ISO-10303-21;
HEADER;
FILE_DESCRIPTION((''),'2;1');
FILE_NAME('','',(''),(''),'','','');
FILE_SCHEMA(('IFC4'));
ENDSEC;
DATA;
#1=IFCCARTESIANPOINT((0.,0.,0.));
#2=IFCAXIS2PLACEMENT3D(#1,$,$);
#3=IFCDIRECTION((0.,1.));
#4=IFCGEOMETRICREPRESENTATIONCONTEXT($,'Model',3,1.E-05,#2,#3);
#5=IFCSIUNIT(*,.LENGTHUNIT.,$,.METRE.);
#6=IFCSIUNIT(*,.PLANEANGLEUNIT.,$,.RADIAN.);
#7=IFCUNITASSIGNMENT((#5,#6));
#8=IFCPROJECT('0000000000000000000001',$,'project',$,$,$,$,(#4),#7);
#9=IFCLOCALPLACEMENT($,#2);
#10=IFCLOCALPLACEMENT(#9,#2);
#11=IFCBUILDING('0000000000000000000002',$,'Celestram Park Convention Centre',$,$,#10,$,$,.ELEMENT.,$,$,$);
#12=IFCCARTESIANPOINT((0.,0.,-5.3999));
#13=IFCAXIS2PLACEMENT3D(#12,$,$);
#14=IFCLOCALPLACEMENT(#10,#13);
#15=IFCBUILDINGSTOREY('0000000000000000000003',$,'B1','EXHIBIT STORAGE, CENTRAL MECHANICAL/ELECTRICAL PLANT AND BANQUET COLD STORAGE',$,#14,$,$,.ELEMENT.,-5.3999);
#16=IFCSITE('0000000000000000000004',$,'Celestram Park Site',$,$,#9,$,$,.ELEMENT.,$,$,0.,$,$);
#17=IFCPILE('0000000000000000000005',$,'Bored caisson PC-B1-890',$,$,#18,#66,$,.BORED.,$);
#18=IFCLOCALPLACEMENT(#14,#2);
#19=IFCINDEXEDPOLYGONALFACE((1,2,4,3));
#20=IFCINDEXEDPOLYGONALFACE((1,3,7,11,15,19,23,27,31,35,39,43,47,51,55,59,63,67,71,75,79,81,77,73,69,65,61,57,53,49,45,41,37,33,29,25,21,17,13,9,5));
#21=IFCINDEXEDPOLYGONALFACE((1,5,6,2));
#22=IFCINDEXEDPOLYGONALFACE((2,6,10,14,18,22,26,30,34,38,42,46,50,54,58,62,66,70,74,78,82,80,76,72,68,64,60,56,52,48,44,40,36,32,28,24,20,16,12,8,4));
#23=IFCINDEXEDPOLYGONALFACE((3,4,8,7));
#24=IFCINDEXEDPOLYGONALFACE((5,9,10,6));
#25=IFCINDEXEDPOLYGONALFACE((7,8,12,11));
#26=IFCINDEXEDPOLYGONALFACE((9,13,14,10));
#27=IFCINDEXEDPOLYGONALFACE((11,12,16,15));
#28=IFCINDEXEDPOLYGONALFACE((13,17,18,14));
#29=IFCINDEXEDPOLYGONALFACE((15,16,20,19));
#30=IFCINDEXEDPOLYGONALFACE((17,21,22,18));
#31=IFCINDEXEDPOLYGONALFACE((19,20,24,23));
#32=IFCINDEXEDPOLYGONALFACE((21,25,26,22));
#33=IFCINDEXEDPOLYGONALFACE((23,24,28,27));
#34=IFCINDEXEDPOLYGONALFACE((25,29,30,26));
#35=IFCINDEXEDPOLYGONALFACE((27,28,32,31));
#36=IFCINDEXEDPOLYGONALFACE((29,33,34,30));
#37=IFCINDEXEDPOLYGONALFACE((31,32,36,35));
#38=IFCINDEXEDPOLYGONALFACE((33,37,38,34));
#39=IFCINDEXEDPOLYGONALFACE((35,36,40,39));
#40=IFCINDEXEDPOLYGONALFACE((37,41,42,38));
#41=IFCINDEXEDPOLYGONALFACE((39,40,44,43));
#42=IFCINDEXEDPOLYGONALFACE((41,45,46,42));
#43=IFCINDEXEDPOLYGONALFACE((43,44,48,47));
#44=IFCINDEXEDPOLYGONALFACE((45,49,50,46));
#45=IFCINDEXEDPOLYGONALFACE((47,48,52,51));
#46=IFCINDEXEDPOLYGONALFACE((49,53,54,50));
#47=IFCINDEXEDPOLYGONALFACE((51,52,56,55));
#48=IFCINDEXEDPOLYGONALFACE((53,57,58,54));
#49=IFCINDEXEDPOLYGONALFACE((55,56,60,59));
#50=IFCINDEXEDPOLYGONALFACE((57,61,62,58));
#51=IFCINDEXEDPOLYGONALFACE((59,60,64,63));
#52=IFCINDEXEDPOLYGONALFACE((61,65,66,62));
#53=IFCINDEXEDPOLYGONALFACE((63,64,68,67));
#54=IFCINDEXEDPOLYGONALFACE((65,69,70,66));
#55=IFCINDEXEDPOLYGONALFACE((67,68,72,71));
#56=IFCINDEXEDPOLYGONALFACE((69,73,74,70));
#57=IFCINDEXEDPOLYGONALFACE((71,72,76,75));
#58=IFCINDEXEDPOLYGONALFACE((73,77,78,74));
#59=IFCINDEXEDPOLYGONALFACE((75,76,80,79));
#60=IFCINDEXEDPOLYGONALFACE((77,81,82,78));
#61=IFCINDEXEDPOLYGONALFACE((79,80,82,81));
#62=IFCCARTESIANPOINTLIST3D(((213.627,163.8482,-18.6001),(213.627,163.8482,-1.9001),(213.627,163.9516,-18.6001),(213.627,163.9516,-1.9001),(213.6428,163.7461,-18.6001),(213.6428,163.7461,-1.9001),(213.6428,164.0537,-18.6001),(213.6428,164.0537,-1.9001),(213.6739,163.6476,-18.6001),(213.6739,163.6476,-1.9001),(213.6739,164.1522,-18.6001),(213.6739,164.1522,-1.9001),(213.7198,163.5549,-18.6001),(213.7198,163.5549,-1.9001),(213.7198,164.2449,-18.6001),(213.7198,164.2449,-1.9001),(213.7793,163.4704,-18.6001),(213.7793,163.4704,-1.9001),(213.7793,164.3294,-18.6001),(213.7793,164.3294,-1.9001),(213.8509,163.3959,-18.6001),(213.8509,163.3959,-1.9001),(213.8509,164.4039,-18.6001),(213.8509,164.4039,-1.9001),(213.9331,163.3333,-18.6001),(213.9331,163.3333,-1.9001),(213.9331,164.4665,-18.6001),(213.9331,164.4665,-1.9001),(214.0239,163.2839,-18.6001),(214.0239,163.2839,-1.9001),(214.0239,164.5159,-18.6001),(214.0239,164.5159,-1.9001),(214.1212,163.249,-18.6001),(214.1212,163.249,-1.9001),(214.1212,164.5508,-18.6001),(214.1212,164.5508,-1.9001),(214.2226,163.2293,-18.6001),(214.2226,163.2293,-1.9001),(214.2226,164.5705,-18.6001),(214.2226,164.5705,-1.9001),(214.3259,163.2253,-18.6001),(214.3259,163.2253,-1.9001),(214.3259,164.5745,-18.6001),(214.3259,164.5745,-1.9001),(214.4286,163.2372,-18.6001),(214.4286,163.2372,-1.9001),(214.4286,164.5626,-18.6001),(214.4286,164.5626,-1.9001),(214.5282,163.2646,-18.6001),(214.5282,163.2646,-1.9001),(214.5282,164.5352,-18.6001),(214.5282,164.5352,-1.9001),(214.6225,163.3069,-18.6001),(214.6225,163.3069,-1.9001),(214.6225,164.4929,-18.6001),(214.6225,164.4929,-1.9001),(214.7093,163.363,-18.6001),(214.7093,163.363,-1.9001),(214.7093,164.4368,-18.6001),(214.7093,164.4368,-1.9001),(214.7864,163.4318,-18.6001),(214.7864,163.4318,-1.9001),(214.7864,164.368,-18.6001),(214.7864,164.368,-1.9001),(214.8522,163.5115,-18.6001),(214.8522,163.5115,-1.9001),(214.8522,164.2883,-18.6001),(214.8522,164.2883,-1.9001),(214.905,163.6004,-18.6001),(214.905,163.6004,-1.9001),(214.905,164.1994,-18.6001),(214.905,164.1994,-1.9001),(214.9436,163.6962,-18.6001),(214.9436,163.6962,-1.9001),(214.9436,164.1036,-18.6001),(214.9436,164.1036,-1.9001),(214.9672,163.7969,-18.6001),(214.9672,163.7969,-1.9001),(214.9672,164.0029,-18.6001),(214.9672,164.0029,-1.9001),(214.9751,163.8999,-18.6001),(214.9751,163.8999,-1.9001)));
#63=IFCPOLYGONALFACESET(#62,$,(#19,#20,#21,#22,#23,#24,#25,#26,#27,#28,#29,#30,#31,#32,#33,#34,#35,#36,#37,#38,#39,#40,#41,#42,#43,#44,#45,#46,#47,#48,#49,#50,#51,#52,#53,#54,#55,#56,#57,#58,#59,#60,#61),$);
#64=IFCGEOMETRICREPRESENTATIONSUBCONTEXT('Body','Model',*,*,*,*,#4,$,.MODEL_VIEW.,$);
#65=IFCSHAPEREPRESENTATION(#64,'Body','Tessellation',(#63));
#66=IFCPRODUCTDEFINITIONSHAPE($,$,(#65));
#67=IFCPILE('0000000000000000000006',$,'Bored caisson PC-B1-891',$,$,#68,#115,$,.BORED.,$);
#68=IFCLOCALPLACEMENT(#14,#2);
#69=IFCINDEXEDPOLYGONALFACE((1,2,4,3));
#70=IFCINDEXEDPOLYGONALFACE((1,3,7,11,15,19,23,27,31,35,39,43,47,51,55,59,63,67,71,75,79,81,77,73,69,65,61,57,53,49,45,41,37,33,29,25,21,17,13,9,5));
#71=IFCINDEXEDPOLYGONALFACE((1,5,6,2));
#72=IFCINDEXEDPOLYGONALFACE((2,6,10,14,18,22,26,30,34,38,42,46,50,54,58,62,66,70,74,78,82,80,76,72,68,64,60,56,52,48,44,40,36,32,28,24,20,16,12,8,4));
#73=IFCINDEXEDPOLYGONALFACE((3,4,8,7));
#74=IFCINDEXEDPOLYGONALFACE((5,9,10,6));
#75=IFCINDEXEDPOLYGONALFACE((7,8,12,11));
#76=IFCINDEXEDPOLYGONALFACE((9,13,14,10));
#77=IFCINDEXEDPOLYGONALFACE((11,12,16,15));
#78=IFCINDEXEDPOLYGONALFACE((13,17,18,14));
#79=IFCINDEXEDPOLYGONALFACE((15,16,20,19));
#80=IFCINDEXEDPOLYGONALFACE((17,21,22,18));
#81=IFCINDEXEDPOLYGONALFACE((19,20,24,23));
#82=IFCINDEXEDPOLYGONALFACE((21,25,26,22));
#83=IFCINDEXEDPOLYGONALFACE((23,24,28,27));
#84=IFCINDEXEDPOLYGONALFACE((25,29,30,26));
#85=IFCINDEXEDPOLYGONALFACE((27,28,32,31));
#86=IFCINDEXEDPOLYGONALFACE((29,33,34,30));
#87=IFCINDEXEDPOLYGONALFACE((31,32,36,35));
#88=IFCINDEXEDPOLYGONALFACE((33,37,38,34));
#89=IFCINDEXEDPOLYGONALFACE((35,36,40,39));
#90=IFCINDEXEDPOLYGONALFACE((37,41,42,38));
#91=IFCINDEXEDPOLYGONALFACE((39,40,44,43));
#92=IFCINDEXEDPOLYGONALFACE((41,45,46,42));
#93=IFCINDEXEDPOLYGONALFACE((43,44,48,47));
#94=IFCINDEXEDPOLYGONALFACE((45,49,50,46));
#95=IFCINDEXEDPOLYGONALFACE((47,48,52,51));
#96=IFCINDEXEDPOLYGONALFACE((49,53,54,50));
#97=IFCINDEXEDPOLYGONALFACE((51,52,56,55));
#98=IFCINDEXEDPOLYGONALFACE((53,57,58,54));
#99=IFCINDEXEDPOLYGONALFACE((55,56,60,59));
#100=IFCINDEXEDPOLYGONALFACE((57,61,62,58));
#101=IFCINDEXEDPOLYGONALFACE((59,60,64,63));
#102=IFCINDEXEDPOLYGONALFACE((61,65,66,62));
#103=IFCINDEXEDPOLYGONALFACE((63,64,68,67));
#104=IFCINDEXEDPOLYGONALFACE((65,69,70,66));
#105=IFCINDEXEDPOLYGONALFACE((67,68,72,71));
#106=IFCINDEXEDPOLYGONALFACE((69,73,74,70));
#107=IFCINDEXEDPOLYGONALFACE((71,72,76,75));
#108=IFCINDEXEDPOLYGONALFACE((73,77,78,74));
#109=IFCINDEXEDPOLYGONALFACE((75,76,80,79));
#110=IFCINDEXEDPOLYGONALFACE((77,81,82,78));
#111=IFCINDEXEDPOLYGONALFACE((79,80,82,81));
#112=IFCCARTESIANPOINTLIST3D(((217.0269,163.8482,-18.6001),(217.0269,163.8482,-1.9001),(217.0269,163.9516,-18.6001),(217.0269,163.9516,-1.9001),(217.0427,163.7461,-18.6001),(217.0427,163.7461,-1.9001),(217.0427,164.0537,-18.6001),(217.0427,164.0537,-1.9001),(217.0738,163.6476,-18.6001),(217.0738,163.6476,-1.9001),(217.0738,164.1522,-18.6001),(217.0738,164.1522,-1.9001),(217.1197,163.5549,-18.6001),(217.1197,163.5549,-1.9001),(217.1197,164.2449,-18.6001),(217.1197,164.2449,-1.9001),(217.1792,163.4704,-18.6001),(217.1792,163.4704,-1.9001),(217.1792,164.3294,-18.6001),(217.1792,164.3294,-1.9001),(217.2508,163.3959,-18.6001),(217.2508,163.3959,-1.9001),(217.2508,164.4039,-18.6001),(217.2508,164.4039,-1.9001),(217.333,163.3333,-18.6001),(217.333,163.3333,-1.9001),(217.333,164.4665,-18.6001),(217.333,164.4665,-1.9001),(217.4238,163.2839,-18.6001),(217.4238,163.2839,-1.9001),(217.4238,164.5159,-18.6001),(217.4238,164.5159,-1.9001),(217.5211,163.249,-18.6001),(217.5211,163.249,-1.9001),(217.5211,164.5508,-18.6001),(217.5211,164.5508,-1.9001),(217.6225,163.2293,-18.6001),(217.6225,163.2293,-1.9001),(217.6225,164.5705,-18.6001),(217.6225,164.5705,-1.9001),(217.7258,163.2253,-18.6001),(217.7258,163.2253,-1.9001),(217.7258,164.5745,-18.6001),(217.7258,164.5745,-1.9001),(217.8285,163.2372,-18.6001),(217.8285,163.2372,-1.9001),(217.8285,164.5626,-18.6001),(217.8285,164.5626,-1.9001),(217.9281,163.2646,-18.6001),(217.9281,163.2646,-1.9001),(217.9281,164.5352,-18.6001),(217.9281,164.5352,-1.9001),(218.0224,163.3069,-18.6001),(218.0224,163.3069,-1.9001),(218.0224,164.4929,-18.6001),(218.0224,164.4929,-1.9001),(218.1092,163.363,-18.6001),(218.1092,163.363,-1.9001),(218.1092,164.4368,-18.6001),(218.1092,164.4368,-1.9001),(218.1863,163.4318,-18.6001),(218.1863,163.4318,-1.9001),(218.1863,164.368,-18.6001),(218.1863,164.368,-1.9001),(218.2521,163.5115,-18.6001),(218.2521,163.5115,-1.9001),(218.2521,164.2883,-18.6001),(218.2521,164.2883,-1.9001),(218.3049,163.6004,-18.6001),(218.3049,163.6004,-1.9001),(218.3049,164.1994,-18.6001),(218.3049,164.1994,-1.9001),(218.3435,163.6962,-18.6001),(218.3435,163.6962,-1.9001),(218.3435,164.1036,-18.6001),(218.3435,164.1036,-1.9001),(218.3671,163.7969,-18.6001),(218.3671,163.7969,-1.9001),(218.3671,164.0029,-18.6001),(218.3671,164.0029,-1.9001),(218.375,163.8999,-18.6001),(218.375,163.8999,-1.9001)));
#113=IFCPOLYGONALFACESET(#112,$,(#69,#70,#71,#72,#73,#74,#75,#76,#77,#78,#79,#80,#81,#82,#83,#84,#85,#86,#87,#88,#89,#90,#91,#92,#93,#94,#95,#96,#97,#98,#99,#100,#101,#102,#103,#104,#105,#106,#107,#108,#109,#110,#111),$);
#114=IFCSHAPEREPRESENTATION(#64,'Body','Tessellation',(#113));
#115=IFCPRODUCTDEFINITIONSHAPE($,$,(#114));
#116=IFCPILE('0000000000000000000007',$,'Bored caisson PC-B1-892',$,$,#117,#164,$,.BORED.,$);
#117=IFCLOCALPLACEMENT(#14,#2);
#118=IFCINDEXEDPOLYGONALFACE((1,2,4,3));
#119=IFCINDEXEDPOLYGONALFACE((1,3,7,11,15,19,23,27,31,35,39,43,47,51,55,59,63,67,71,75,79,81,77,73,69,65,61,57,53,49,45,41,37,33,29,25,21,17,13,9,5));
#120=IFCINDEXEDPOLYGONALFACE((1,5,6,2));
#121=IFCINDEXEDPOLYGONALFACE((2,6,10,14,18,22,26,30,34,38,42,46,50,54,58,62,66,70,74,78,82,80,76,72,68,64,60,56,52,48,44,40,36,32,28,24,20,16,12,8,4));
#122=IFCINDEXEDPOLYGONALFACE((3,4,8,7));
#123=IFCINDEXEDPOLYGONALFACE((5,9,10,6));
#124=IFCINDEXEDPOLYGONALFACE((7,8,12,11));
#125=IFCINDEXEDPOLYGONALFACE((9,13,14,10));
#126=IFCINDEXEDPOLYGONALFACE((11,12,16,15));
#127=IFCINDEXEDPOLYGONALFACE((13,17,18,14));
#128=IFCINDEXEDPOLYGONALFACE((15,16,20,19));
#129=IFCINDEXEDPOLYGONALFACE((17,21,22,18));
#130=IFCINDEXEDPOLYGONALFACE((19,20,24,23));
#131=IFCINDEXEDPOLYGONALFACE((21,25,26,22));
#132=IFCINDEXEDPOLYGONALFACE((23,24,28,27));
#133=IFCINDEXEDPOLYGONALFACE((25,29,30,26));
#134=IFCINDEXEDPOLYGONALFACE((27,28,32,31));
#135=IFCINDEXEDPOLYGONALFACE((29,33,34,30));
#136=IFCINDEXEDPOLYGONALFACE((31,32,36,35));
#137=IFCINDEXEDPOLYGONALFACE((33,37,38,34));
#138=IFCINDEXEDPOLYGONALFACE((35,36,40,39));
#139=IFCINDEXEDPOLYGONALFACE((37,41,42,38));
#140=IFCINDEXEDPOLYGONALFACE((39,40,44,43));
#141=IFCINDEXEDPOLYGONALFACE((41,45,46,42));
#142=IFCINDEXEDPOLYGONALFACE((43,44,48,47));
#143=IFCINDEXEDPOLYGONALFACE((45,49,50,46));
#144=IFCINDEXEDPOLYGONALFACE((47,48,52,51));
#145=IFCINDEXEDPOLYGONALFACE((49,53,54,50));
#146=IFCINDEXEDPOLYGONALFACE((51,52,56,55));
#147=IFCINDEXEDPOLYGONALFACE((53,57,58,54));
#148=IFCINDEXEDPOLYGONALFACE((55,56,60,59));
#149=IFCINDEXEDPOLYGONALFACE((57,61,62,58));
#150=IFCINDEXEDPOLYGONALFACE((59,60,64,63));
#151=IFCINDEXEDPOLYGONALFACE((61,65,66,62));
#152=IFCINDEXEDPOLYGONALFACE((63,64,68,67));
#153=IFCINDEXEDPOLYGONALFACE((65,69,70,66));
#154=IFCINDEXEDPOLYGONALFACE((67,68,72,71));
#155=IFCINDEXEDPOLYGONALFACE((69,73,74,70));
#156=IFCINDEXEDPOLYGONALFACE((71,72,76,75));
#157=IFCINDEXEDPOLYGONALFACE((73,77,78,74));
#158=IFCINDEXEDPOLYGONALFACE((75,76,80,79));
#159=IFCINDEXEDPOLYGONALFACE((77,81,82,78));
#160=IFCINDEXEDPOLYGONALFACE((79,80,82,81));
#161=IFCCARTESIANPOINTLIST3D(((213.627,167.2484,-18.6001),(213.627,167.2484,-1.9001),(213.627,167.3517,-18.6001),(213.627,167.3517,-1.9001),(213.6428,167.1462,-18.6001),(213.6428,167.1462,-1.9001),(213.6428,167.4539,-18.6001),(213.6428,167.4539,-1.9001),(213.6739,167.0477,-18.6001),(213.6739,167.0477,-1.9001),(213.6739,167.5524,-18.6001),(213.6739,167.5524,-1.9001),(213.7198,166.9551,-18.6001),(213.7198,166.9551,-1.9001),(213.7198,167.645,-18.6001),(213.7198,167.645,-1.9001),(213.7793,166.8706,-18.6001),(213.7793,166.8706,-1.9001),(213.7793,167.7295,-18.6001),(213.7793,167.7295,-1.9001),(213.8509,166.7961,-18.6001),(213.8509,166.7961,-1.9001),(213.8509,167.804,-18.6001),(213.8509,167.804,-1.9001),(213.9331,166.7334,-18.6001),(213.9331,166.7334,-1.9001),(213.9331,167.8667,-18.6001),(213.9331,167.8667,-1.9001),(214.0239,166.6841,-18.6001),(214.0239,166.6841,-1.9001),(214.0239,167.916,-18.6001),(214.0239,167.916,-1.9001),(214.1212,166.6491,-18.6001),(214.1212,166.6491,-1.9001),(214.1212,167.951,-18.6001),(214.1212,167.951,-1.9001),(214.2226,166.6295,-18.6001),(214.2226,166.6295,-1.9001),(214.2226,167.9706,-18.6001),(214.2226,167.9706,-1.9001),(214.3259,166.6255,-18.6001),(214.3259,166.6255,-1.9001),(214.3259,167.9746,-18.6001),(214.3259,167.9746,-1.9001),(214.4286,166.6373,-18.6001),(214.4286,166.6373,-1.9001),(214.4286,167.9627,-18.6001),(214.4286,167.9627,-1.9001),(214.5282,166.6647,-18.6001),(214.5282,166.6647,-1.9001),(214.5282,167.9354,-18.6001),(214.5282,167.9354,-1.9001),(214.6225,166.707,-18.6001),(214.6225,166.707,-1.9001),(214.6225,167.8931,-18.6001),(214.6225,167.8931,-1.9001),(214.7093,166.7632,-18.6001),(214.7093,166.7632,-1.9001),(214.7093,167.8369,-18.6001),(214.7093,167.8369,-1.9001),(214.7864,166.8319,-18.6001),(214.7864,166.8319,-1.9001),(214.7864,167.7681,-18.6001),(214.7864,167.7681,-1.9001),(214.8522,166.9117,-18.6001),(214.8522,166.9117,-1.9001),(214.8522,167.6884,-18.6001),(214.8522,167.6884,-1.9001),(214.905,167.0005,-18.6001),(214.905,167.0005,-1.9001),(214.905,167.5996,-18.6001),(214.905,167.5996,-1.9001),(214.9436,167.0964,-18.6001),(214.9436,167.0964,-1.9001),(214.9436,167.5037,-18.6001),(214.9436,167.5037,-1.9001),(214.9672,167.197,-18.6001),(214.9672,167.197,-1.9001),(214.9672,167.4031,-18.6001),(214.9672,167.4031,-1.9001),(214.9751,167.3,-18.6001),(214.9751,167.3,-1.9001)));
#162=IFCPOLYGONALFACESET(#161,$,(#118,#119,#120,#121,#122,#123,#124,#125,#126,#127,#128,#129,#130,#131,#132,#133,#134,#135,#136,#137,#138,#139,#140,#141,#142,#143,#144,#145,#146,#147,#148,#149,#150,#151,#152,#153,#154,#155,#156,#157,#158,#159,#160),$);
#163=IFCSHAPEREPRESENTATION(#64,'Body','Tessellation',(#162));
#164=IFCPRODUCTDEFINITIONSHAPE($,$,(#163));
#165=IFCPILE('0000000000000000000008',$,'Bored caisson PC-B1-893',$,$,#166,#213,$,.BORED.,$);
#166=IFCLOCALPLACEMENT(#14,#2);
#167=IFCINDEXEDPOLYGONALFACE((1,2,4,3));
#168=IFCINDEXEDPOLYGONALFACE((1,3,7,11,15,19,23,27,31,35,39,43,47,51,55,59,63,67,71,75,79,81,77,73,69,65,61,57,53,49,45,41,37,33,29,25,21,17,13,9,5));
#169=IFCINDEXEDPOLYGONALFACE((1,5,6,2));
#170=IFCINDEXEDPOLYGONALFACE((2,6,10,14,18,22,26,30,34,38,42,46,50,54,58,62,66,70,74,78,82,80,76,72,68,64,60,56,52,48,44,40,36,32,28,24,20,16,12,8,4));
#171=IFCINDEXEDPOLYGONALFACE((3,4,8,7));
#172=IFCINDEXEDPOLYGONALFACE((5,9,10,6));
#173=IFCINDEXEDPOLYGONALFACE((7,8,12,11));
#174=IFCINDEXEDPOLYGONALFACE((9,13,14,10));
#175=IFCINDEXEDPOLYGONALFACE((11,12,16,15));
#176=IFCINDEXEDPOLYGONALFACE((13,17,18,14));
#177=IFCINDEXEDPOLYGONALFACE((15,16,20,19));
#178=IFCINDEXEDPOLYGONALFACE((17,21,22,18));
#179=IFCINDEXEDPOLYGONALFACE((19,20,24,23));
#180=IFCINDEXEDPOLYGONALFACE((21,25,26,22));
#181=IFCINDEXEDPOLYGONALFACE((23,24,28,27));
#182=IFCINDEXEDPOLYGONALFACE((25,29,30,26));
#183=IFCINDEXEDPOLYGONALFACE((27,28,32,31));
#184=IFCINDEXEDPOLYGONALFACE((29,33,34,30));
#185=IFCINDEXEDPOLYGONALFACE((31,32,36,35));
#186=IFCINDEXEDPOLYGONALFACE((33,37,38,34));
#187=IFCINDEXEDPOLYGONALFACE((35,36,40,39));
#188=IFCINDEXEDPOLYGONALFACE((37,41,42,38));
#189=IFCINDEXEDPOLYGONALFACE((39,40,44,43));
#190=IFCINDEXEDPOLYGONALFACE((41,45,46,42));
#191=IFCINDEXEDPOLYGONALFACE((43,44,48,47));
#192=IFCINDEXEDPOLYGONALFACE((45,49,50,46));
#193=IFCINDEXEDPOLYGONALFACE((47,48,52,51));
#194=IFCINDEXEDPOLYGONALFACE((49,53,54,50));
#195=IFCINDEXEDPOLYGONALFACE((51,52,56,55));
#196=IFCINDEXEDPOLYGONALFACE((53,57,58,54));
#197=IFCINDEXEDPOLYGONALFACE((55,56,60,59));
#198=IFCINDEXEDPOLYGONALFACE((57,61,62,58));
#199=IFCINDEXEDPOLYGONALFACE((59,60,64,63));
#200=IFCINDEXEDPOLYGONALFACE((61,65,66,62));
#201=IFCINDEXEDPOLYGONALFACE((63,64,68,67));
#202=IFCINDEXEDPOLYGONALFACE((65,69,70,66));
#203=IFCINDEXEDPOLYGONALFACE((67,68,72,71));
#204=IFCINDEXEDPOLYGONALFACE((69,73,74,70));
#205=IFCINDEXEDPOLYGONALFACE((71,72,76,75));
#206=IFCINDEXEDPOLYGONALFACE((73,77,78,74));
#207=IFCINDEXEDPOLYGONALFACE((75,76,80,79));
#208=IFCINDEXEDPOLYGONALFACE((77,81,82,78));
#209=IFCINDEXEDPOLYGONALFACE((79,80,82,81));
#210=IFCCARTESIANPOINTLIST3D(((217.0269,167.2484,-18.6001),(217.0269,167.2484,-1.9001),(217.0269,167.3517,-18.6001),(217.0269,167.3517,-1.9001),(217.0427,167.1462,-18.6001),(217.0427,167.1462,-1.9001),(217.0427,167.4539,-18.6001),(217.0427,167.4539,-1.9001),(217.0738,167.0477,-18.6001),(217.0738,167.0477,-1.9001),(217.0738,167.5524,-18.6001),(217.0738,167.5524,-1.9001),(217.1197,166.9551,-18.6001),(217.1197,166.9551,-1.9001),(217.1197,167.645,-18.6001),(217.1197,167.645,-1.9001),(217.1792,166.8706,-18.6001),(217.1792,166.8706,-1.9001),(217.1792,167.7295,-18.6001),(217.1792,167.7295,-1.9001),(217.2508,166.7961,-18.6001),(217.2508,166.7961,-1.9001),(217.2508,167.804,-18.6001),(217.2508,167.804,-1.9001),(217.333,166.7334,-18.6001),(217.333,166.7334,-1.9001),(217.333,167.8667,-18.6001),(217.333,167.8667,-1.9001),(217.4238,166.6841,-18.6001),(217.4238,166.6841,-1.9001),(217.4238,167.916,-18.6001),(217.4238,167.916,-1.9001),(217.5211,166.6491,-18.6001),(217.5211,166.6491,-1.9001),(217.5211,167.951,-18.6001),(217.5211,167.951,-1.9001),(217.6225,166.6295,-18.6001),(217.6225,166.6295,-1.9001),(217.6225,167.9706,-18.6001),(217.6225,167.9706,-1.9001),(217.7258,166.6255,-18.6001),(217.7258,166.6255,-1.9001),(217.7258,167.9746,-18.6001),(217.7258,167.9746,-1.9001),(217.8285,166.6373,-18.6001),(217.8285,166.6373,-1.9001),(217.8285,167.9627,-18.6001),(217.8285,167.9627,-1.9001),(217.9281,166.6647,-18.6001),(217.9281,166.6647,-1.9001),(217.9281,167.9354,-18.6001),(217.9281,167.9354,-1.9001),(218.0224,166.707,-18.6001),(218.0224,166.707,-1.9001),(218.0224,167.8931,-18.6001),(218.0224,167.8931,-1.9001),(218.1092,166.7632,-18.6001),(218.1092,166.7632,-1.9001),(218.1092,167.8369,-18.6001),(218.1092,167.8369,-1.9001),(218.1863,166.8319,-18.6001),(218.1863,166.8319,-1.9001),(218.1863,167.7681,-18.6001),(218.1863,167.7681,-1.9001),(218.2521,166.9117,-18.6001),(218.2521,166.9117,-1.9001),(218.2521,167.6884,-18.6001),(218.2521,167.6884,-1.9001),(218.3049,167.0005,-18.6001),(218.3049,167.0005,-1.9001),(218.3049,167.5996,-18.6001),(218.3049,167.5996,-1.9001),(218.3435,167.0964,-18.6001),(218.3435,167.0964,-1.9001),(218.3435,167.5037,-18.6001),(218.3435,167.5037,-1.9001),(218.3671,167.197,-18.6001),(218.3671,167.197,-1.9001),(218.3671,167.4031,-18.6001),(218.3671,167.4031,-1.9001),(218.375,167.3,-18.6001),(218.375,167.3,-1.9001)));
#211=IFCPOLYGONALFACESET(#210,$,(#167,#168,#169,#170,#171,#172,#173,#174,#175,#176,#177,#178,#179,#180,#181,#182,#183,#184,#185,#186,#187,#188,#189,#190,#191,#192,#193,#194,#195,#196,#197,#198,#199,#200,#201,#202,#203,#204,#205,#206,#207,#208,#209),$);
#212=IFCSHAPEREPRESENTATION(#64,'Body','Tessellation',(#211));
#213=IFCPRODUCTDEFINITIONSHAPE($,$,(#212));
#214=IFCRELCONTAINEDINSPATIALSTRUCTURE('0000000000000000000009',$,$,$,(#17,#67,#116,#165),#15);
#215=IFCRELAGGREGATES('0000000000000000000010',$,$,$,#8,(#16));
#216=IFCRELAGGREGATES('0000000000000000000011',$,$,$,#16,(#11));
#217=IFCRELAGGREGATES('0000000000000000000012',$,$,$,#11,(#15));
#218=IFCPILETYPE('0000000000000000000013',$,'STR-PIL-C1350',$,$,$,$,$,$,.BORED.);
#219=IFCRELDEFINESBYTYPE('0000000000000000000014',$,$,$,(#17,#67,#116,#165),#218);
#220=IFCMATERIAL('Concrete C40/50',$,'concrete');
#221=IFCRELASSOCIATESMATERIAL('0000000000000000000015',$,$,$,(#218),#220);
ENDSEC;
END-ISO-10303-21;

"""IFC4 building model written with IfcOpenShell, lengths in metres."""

from ifc_helpers import new_model, si_unit, direction, frame, origin, origin_2d, place, context, subcontext, project, spatial, circle, extrude, material, material_profile, profile_set, type_object, element, save


model = new_model("IFC4")

# Units and contexts
model_context = context("Model", 3, precision=1e-05, world=origin(), true_north=direction((0.0, 1.0)))
body_context = subcontext(model_context, "Body", "Model", "MODEL_VIEW")
ifc_project = project(units=[si_unit("LENGTHUNIT", "METRE"), si_unit("PLANEANGLEUNIT", "RADIAN")], contexts=[model_context])

# Site, building, storey
site_placement = place(None, origin())
site = spatial("IfcSite", under=ifc_project, at=site_placement, Name="Celestram Park Site", CompositionType="ELEMENT", RefElevation=0.0)
building_placement = place(site_placement, origin())
building = spatial("IfcBuilding", under=site, at=building_placement, Name="Celestram Park Convention Centre", CompositionType="ELEMENT")
storey_placement = place(building_placement, frame((0.0, 0.0, -5.3999)))
storey = spatial("IfcBuildingStorey", under=building, at=storey_placement, Name="B1", Description="EXHIBIT STORAGE, CENTRAL MECHANICAL/ELECTRICAL PLANT AND BANQUET COLD STORAGE", CompositionType="ELEMENT", Elevation=-5.3999)

# Shared definitions
ifc_material_1 = material(Name="Concrete C40/50", Category="concrete")

# Piles
ifc_material_profile_1 = material_profile(ifc_material_1, circle(Radius=0.675, at=origin_2d()), Name="CAISSON1350")
ifc_profile_set_1 = profile_set([ifc_material_profile_1], Name="Concrete C40/50")
pile_type_1 = type_object("IfcPileType", Name="STR-PIL-C1350", PredefinedType="BORED", material=ifc_profile_set_1)
for number, where, z_axis, x_axis, name in (
    (1, (214.3, 163.8999, -1.9001), (0.0, 0.0, -1.0), (1.0, 0.0, 0.0), "Bored caisson PC-B1-890"),
    (2, (217.7, 163.8999, -1.9001), (0.0, 0.0, -1.0), (1.0, 0.0, 0.0), "Bored caisson PC-B1-891"),
    (3, (214.3, 167.3, -1.9001), (0.0, 0.0, -1.0), (1.0, 0.0, 0.0), "Bored caisson PC-B1-892"),
    (4, (217.7, 167.3, -1.9001), (0.0, 0.0, -1.0), (1.0, 0.0, 0.0), "Bored caisson PC-B1-893"),
):
    element("IfcPile", number, at=place(storey_placement, frame(where, z_axis=z_axis, x_axis=x_axis)), inside=storey, type_object=pile_type_1, Name=name, PredefinedType="BORED", context=body_context, shape_type="SweptSolid", body=[
        extrude(circle(Radius=0.675, at=origin_2d()), origin(), (0.0, 0.0, 1.0), 16.7),
    ])

save(model, "model.ifc")
